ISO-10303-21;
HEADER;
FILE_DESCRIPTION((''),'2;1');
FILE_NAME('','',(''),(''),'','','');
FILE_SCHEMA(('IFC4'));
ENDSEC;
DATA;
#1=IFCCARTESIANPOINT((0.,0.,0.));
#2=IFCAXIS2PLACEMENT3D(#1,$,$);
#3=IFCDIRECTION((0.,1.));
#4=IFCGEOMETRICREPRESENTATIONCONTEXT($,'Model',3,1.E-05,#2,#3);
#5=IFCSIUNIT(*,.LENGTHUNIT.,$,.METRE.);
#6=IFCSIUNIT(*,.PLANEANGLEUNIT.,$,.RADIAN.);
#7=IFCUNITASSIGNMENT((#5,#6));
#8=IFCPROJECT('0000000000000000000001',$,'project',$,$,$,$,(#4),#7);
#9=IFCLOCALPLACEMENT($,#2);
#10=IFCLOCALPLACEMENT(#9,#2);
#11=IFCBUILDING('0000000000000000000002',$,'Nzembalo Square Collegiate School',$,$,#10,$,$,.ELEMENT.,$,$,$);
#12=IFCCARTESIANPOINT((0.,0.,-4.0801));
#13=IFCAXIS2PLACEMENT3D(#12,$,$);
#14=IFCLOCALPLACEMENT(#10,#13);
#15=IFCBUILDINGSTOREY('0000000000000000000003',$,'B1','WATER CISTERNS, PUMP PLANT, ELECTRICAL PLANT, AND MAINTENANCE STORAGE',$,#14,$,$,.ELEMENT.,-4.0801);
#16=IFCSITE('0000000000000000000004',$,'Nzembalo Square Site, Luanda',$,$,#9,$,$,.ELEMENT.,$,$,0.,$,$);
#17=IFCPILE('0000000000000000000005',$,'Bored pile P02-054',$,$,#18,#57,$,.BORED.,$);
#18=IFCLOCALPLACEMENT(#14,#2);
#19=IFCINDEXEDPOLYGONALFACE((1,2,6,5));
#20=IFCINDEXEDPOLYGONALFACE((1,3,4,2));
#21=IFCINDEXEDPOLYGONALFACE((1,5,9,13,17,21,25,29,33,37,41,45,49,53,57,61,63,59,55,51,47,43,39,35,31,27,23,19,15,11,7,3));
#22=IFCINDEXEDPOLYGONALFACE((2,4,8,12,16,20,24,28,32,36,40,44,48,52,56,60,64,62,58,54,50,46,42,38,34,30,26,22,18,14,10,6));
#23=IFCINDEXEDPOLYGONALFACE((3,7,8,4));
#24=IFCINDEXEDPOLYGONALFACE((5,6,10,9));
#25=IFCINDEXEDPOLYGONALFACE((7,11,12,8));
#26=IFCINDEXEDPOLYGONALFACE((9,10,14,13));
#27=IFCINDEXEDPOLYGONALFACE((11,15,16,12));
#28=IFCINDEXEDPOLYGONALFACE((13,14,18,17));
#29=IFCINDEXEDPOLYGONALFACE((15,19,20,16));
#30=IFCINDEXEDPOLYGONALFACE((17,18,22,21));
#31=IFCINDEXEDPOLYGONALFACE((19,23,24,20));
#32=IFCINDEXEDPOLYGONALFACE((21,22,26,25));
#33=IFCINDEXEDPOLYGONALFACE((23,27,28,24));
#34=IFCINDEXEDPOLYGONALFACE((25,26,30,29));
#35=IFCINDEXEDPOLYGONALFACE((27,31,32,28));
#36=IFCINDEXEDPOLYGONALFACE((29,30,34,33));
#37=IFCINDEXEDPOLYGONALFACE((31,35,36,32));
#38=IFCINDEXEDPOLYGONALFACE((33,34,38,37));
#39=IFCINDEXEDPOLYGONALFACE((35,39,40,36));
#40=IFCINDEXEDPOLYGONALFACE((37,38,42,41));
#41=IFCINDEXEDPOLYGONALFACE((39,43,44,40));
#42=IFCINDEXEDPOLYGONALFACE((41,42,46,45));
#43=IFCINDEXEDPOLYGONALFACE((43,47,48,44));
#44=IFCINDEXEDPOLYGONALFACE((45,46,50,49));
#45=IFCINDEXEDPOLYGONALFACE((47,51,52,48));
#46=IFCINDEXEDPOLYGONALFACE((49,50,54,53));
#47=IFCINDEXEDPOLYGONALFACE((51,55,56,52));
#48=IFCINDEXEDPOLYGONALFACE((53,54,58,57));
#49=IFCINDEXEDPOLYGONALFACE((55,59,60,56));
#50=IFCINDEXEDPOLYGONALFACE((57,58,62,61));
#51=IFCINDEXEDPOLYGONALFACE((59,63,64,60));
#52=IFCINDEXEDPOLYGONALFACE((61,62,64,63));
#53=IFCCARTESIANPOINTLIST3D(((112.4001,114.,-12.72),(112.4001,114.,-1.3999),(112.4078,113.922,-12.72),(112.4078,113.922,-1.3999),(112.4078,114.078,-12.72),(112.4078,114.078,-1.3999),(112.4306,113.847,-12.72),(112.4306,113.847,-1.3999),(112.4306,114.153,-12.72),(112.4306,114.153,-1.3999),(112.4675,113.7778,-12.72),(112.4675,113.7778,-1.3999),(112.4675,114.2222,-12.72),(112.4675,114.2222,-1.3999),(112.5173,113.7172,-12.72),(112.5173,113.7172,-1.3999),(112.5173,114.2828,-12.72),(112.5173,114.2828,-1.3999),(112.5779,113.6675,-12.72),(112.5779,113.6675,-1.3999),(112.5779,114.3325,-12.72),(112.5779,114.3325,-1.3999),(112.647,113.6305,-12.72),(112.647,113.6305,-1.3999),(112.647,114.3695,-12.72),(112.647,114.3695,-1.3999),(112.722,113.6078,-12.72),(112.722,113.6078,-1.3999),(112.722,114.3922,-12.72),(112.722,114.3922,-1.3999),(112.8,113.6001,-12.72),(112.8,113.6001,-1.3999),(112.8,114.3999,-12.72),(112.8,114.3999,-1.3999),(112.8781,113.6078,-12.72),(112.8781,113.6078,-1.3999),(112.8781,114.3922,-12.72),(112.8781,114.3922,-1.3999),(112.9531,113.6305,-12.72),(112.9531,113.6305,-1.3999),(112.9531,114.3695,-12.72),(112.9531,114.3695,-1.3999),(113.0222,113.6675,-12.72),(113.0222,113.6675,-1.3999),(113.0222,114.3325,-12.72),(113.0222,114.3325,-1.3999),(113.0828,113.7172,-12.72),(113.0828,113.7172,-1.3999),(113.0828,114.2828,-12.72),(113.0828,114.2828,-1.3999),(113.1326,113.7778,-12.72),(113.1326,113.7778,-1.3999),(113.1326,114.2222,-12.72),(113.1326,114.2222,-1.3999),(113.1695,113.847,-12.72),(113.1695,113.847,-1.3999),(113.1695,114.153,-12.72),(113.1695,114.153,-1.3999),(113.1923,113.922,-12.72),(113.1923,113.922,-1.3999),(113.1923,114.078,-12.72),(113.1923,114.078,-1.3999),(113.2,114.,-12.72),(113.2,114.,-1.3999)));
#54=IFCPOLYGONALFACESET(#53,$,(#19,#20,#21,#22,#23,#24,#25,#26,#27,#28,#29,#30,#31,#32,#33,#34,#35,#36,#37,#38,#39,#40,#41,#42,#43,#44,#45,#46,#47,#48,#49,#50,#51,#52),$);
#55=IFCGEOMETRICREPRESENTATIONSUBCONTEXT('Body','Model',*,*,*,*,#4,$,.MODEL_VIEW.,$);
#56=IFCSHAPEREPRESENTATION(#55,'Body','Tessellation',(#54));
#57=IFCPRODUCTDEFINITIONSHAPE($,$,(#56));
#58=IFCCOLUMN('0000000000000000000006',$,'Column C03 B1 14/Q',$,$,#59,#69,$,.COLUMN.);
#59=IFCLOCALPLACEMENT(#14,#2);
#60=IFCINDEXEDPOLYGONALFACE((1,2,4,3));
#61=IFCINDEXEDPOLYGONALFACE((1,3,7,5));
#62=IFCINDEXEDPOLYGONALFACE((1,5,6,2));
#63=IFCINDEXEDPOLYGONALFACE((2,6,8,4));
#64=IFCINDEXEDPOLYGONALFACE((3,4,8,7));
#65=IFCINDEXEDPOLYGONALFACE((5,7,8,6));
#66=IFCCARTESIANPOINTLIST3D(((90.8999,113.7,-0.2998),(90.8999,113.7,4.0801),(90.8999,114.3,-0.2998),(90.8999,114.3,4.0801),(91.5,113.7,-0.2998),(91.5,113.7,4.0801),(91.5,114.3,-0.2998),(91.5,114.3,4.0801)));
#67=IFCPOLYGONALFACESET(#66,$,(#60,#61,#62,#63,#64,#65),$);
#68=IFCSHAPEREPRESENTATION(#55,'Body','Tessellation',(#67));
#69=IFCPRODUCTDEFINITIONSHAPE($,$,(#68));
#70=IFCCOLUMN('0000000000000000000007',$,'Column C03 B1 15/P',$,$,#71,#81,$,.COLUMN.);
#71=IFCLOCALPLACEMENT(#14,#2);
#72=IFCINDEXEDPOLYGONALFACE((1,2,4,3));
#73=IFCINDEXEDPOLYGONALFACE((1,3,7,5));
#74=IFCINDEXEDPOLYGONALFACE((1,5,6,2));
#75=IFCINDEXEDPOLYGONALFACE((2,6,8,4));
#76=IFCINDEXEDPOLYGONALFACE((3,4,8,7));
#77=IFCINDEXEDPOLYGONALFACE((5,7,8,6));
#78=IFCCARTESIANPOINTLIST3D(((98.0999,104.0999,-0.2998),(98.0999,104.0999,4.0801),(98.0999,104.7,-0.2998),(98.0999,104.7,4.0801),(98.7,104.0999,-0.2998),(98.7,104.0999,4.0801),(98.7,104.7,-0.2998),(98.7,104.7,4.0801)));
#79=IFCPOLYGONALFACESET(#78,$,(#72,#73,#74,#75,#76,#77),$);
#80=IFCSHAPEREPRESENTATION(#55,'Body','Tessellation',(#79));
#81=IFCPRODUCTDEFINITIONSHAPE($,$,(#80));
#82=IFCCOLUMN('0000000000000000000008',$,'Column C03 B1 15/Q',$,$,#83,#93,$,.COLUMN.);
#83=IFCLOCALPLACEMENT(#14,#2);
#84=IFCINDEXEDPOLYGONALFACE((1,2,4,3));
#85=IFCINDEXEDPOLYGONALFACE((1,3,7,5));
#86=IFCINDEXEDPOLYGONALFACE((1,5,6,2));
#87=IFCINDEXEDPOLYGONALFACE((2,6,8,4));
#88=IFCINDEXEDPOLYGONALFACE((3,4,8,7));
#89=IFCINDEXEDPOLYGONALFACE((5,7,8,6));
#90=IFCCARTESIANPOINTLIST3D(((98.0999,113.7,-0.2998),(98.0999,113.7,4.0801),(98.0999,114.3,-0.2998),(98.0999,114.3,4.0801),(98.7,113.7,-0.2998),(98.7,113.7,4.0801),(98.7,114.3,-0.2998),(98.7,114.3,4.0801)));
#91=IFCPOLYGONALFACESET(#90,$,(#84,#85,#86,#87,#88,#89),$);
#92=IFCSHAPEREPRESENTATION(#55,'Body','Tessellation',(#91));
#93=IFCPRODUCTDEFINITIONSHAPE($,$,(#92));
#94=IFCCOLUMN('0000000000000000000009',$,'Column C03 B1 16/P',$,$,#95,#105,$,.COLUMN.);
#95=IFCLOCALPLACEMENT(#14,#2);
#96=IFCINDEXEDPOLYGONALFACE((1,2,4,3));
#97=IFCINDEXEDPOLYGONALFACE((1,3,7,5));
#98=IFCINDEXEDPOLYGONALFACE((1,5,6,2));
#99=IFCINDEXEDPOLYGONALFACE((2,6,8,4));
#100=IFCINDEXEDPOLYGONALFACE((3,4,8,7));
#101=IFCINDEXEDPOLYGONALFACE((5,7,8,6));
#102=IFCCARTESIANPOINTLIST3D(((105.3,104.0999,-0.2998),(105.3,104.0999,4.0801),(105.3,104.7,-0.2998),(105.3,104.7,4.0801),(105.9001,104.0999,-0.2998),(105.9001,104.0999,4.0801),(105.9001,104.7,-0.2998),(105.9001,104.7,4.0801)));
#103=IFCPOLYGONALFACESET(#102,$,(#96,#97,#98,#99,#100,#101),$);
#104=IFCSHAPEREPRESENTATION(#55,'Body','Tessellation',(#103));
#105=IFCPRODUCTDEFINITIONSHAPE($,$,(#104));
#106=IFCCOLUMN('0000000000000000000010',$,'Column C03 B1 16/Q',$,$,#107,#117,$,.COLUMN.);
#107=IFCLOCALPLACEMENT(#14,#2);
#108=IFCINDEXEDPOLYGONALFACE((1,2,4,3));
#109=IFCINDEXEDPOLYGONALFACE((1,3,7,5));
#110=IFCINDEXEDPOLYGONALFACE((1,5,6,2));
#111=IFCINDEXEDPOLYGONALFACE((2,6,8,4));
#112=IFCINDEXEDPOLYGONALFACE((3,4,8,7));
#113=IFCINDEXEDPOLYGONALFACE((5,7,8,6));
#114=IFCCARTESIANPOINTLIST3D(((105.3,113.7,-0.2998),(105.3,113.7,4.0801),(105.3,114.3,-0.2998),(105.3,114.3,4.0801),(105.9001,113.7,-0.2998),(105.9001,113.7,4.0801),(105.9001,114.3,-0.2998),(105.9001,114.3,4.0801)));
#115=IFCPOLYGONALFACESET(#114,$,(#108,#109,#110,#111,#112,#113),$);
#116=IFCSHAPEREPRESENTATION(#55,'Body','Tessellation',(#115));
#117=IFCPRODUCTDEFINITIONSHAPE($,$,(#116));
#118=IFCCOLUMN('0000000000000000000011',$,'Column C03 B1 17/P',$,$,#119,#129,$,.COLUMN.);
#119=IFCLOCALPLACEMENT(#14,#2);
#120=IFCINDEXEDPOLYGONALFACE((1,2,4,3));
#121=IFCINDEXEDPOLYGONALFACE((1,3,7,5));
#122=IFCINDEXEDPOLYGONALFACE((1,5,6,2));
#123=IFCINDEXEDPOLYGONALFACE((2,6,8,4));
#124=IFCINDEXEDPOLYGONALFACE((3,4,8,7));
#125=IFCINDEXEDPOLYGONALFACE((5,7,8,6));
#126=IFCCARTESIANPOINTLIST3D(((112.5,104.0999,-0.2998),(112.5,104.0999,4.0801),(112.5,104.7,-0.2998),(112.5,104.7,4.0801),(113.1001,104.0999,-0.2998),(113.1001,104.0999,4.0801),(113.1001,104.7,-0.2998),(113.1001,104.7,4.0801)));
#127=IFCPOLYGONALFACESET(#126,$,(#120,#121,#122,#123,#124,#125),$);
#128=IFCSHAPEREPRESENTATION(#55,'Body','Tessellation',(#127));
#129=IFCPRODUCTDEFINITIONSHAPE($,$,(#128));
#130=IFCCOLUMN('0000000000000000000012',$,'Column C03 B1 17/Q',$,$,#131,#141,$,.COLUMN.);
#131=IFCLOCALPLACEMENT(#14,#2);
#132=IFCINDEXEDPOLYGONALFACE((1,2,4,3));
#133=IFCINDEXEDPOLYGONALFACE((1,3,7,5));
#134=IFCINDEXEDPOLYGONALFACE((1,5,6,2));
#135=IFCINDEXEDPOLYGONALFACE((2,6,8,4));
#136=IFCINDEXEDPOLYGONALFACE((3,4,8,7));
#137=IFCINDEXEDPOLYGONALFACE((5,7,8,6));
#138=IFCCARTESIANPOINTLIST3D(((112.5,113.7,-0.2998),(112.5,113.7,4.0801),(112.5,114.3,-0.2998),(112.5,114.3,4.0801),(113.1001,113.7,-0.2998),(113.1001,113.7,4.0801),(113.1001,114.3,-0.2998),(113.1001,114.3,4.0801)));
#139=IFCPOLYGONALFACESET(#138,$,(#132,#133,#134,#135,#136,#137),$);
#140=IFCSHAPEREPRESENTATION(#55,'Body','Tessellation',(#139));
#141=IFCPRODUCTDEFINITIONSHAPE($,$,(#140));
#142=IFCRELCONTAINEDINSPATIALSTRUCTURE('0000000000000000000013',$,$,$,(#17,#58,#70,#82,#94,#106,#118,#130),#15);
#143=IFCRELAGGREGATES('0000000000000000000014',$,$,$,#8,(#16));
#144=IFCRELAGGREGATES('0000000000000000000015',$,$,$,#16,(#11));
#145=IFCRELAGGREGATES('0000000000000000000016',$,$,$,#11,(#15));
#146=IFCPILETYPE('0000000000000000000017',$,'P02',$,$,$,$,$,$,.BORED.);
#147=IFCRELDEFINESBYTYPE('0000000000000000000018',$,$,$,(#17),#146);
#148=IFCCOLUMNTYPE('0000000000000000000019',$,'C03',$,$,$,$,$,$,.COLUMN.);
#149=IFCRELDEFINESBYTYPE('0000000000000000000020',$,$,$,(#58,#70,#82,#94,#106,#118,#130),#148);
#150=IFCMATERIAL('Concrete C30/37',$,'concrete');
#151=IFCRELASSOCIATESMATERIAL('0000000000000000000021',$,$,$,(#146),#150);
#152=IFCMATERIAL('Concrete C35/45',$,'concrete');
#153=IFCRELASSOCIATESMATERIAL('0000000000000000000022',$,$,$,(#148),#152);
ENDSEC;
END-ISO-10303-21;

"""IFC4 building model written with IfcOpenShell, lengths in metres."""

from ifc_helpers import new_model, si_unit, direction, frame, origin, origin_2d, place, context, subcontext, project, spatial, rectangle, circle, extrude, material, material_profile, profile_set, type_object, element, save


model = new_model("IFC4")

# Units and contexts
model_context = context("Model", 3, precision=1e-05, world=origin(), true_north=direction((0.0, 1.0)))
body_context = subcontext(model_context, "Body", "Model", "MODEL_VIEW")
ifc_project = project(units=[si_unit("LENGTHUNIT", "METRE"), si_unit("PLANEANGLEUNIT", "RADIAN")], contexts=[model_context])

# Site, building, storey
site_placement = place(None, origin())
site = spatial("IfcSite", under=ifc_project, at=site_placement, Name="Nzembalo Square Site, Luanda", CompositionType="ELEMENT", RefElevation=0.0)
building_placement = place(site_placement, origin())
building = spatial("IfcBuilding", under=site, at=building_placement, Name="Nzembalo Square Collegiate School", CompositionType="ELEMENT")
storey_placement = place(building_placement, frame((0.0, 0.0, -4.0801)))
storey = spatial("IfcBuildingStorey", under=building, at=storey_placement, Name="B1", Description="WATER CISTERNS, PUMP PLANT, ELECTRICAL PLANT, AND MAINTENANCE STORAGE", CompositionType="ELEMENT", Elevation=-4.0801)

# Pile
ifc_material_1 = material(Name="Concrete C30/37", Category="concrete")
ifc_material_profile_1 = material_profile(ifc_material_1, circle(Radius=0.3999, at=origin_2d()), Name="PILE D800")
ifc_profile_set_1 = profile_set([ifc_material_profile_1], Name="Concrete C30/37")
pile_type = type_object("IfcPileType", Name="P02", PredefinedType="BORED", material=ifc_profile_set_1)
pile_1_placement = place(storey_placement, frame((112.8, 114.0, -1.3999), z_axis=(0.0, 0.0, -1.0), x_axis=(1.0, 0.0, 0.0)))
element("IfcPile", 1, at=pile_1_placement, inside=storey, type_object=pile_type, Name="Bored pile P02-054", PredefinedType="BORED", context=body_context, shape_type="SweptSolid", body=[
    extrude(circle(Radius=0.3999, at=origin_2d()), origin(), (0.0, 0.0, 1.0), 11.3201),
])

# Columns
ifc_material_2 = material(Name="Concrete C35/45", Category="concrete")
ifc_material_profile_2 = material_profile(ifc_material_2, rectangle(XDim=0.6001, YDim=0.6001, at=origin_2d()), Name="RC 600x600")
ifc_profile_set_2 = profile_set([ifc_material_profile_2], Name="Concrete C35/45")
column_type = type_object("IfcColumnType", Name="C03", PredefinedType="COLUMN", material=ifc_profile_set_2)
for number, where, z_axis, x_axis, name in (
    (2, (91.2, 114.0, -0.2998), (0.0, 0.0, 1.0), (1.0, 0.0, 0.0), "Column C03 B1 14/Q"),
    (3, (98.3999, 104.3999, -0.2998), (0.0, 0.0, 1.0), (1.0, 0.0, 0.0), "Column C03 B1 15/P"),
    (4, (98.3999, 114.0, -0.2998), (0.0, 0.0, 1.0), (1.0, 0.0, 0.0), "Column C03 B1 15/Q"),
    (5, (105.6001, 104.3999, -0.2998), (0.0, 0.0, 1.0), (1.0, 0.0, 0.0), "Column C03 B1 16/P"),
    (6, (105.6001, 114.0, -0.2998), (0.0, 0.0, 1.0), (1.0, 0.0, 0.0), "Column C03 B1 16/Q"),
    (7, (112.8, 104.3999, -0.2998), (0.0, 0.0, 1.0), (1.0, 0.0, 0.0), "Column C03 B1 17/P"),
    (8, (112.8, 114.0, -0.2998), (0.0, 0.0, 1.0), (1.0, 0.0, 0.0), "Column C03 B1 17/Q"),
):
    element("IfcColumn", number, at=place(storey_placement, frame(where, z_axis=z_axis, x_axis=x_axis)), inside=storey, type_object=column_type, Name=name, PredefinedType="COLUMN", context=body_context, shape_type="SweptSolid", body=[
        extrude(rectangle(XDim=0.6001, YDim=0.6001, at=origin_2d()), origin(), (0.0, 0.0, 1.0), 4.3799),
    ])

save(model, "model.ifc")
